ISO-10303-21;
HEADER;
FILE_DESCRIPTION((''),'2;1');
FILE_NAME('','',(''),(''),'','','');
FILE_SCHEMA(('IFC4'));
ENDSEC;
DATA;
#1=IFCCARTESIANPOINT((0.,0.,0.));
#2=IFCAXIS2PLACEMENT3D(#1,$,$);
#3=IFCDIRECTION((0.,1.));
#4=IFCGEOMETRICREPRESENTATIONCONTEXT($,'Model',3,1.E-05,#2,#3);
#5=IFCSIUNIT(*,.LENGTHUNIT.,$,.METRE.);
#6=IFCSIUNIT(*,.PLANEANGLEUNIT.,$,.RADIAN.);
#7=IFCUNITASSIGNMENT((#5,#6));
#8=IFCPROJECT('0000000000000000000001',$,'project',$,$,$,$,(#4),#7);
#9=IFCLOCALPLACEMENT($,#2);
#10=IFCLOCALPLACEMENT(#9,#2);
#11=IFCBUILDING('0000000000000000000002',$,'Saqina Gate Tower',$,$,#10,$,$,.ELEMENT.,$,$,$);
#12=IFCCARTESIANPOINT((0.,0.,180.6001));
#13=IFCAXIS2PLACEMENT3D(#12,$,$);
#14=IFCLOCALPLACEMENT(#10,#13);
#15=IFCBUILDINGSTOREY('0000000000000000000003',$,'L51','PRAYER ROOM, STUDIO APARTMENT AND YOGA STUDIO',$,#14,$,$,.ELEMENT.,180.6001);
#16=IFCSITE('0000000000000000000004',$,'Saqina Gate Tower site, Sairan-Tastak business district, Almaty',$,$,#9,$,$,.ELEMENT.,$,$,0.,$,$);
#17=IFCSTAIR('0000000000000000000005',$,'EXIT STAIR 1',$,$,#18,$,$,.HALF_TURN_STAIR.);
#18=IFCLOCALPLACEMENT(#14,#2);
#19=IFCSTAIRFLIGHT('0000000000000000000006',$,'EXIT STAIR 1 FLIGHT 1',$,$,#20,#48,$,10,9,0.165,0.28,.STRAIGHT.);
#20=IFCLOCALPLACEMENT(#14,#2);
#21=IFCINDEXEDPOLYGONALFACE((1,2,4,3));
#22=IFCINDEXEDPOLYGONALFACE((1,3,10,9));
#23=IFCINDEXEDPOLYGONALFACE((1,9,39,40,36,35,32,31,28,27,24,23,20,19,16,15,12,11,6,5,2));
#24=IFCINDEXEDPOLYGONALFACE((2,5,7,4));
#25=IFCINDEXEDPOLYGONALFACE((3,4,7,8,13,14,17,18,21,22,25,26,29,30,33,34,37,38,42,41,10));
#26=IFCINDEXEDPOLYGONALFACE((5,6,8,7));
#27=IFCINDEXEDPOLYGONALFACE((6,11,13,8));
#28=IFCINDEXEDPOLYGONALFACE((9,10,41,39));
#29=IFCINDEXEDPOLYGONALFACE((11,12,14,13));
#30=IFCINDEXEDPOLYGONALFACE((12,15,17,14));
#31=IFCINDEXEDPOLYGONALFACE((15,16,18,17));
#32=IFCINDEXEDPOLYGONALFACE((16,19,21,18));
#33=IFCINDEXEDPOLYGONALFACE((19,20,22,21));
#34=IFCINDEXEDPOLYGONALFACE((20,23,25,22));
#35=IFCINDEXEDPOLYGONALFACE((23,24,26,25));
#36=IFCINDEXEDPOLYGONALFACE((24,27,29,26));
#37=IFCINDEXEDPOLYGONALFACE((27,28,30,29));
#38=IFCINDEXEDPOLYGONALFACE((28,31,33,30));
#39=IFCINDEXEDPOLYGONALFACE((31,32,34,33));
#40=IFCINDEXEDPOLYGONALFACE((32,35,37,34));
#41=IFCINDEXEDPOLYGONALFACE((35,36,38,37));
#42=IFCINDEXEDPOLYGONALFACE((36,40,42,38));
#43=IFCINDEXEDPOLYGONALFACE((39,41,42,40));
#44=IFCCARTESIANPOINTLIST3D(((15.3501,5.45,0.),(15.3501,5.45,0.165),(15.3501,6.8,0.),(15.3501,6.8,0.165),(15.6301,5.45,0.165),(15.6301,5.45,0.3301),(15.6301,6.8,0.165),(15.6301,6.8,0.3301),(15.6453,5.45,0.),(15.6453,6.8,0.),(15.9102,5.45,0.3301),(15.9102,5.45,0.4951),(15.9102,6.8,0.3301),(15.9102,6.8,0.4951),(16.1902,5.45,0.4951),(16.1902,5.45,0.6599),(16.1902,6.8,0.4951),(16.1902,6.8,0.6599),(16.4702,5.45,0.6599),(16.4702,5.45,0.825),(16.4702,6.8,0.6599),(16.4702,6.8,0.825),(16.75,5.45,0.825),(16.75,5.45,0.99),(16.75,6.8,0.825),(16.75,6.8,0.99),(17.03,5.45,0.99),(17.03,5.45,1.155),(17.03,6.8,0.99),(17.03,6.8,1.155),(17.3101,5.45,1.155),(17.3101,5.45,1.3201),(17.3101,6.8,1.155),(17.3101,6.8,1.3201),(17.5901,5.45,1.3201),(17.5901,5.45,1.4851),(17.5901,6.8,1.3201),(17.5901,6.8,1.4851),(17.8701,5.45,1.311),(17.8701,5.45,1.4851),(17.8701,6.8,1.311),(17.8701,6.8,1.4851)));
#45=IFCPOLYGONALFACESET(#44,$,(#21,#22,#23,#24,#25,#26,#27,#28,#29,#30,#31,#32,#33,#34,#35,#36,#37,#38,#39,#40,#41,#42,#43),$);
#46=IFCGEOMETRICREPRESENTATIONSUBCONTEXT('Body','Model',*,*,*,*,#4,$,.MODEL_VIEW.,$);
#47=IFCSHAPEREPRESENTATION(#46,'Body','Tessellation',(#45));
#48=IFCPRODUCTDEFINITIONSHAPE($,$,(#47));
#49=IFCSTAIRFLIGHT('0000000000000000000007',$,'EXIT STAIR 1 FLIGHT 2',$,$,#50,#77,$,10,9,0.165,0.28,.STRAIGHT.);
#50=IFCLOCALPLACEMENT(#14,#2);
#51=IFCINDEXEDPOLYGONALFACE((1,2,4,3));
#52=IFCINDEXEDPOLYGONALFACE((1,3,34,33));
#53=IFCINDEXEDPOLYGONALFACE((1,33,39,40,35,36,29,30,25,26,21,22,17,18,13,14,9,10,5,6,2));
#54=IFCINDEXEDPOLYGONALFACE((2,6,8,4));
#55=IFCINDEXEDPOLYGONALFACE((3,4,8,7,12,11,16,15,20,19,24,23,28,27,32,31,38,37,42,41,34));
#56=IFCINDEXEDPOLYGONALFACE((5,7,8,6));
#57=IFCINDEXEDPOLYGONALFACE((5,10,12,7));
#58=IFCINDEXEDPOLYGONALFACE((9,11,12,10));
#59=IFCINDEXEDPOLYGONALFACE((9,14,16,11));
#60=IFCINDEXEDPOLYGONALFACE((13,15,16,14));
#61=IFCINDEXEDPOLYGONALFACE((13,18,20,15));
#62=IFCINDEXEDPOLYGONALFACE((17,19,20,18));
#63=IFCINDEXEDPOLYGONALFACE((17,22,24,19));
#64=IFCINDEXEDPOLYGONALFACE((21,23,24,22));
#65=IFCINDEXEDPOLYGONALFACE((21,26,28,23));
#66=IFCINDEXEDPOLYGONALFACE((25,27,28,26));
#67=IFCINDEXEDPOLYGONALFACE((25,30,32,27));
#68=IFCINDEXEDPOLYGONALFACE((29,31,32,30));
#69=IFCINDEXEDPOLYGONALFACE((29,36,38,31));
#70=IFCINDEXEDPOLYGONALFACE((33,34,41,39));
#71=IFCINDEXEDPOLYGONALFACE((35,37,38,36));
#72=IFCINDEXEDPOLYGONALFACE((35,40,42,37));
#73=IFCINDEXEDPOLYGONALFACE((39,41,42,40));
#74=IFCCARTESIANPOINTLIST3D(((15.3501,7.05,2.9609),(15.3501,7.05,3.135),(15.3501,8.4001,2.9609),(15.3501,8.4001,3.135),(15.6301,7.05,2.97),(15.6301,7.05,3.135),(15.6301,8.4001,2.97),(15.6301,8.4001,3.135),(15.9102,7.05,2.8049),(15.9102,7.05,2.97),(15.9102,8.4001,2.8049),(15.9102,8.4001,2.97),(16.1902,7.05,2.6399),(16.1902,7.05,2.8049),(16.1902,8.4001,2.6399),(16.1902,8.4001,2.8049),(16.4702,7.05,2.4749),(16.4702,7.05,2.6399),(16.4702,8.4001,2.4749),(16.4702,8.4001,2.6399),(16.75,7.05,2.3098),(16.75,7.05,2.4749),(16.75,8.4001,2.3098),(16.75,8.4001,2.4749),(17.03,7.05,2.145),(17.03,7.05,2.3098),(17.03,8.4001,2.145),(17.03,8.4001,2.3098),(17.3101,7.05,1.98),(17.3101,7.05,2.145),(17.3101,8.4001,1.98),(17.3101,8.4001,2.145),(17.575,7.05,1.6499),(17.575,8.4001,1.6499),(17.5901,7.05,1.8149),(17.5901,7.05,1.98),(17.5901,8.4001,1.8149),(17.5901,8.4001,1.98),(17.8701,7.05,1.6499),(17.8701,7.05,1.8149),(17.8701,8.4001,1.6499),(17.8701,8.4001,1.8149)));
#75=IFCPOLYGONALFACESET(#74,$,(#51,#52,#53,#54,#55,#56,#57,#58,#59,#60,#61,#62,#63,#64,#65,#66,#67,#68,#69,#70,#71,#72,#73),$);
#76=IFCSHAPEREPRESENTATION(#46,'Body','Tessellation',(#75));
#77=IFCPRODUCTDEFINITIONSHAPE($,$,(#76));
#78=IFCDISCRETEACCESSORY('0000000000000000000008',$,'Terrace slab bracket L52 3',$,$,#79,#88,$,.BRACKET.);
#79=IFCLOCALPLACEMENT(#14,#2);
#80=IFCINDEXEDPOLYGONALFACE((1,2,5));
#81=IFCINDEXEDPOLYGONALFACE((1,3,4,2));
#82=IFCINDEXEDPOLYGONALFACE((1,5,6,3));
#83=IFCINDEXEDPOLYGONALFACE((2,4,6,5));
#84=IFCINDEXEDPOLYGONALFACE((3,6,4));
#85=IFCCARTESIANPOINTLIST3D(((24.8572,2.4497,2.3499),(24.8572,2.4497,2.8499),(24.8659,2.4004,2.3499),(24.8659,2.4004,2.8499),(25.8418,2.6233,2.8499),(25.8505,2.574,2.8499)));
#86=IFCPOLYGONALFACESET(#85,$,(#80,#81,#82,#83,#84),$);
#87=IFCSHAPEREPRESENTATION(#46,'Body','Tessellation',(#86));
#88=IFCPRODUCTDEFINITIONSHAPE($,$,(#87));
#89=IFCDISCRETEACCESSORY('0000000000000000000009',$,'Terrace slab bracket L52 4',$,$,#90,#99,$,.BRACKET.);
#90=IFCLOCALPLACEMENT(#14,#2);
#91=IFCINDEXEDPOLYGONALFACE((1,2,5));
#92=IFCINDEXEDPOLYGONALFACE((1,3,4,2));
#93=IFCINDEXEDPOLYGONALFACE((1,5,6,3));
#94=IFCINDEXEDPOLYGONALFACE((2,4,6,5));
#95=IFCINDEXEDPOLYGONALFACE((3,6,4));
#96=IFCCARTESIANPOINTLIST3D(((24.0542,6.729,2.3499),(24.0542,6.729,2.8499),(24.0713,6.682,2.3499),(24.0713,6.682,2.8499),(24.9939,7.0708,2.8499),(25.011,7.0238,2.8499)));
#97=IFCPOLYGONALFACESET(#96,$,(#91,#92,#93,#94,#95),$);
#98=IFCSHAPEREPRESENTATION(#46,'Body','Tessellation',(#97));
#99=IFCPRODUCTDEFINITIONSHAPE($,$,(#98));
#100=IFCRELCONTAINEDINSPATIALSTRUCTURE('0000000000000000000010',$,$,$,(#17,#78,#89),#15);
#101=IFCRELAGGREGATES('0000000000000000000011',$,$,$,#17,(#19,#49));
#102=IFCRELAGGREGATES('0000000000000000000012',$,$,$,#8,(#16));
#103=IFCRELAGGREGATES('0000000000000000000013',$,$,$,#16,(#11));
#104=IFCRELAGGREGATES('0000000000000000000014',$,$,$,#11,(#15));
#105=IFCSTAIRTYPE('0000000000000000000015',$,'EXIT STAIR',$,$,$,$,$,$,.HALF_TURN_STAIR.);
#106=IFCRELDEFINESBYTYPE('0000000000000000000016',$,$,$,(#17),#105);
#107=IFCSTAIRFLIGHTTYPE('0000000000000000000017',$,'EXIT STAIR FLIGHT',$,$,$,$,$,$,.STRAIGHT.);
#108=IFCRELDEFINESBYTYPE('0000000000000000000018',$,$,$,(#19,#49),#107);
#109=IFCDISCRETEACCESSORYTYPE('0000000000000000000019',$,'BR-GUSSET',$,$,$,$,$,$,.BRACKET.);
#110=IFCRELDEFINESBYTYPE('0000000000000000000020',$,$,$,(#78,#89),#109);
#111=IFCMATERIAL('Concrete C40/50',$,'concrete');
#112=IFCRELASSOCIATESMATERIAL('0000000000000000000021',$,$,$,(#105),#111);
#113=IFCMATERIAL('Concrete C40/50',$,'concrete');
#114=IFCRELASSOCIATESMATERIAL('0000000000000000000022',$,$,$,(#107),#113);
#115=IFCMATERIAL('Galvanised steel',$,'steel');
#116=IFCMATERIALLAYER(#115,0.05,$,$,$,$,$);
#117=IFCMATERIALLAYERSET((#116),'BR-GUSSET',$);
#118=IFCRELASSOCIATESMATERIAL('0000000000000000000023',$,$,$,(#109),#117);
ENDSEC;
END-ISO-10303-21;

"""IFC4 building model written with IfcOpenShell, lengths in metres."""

from ifc_helpers import new_model, si_unit, direction, frame, origin, place, context, subcontext, project, spatial, polyline, outline, extrude, material, layer, layer_set, type_object, element, aggregate, save


model = new_model("IFC4")

# Units and contexts
model_context = context("Model", 3, precision=1e-05, world=origin(), true_north=direction((0.0, 1.0)))
body_context = subcontext(model_context, "Body", "Model", "MODEL_VIEW")
ifc_project = project(units=[si_unit("LENGTHUNIT", "METRE"), si_unit("PLANEANGLEUNIT", "RADIAN")], contexts=[model_context])

# Site, building, storey
site_placement = place(None, origin())
site = spatial("IfcSite", under=ifc_project, at=site_placement, Name="Saqina Gate Tower site, Sairan-Tastak business district, Almaty", CompositionType="ELEMENT", RefElevation=0.0)
building_placement = place(site_placement, origin())
building = spatial("IfcBuilding", under=site, at=building_placement, Name="Saqina Gate Tower", CompositionType="ELEMENT")
storey_placement = place(building_placement, frame((0.0, 0.0, 180.6001)))
storey = spatial("IfcBuildingStorey", under=building, at=storey_placement, Name="L51", Description="PRAYER ROOM, STUDIO APARTMENT AND YOGA STUDIO", CompositionType="ELEMENT", Elevation=180.6001)

# Stair, stair flights
ifc_material_1 = material(Name="Concrete C40/50", Category="concrete")
stair_type = type_object("IfcStairType", Name="EXIT STAIR", PredefinedType="HALF_TURN_STAIR", material=ifc_material_1)
stair_placement = place(storey_placement, origin())
stair = element("IfcStair", 1, at=stair_placement, inside=storey, type_object=stair_type, Name="EXIT STAIR 1", PredefinedType="HALF_TURN_STAIR")
ifc_material_2 = material(Name="Concrete C40/50", Category="concrete")
stair_flight_type = type_object("IfcStairFlightType", Name="EXIT STAIR FLIGHT", PredefinedType="STRAIGHT", material=ifc_material_2)
stair_flight_1_placement = place(storey_placement, frame((15.3501, 6.125, 0.0), z_axis=(0.0, 0.0, 1.0), x_axis=(1.0, 0.0, 0.0)))
stair_flight_1 = element("IfcStairFlight", 2, at=stair_flight_1_placement, type_object=stair_flight_type, Name="EXIT STAIR 1 FLIGHT 1", NumberOfRisers=10, NumberOfTreads=9, PredefinedType="STRAIGHT", RiserHeight=0.165, TreadLength=0.28, context=body_context, shape_type="SweptSolid", body=[
    extrude(outline(polyline([(0.0, 0.0), (0.0, 0.165), (0.28, 0.165), (0.28, 0.3301), (0.5601, 0.3301), (0.5601, 0.4951), (0.8401, 0.4951), (0.8401, 0.6599), (1.1201, 0.6599), (1.1201, 0.825), (1.3999, 0.825), (1.3999, 0.99), (1.6799, 0.99), (1.6799, 1.155), (1.96, 1.155), (1.96, 1.3201), (2.24, 1.3201), (2.24, 1.4851), (2.52, 1.4851), (2.52, 1.6499), (2.52, 1.311), (0.2952, 0.0), (0.0, 0.0)])), frame((0.0, 0.675, 0.0), z_axis=(0.0, -1.0, 0.0), x_axis=(1.0, 0.0, 0.0)), (0.0, 0.0, 1.0), 1.3501),
])
stair_flight_2_placement = place(storey_placement, frame((17.8701, 7.7251, 1.6499), z_axis=(0.0, 0.0, 1.0), x_axis=(-1.0, 0.0, 0.0)))
stair_flight_2 = element("IfcStairFlight", 3, at=stair_flight_2_placement, type_object=stair_flight_type, Name="EXIT STAIR 1 FLIGHT 2", NumberOfRisers=10, NumberOfTreads=9, PredefinedType="STRAIGHT", RiserHeight=0.165, TreadLength=0.28, context=body_context, shape_type="SweptSolid", body=[
    extrude(outline(polyline([(0.0, 0.0), (0.0, 0.165), (0.28, 0.165), (0.28, 0.3301), (0.5601, 0.3301), (0.5601, 0.4951), (0.8401, 0.4951), (0.8401, 0.6599), (1.1201, 0.6599), (1.1201, 0.825), (1.3999, 0.825), (1.3999, 0.99), (1.6799, 0.99), (1.6799, 1.155), (1.96, 1.155), (1.96, 1.3201), (2.24, 1.3201), (2.24, 1.4851), (2.52, 1.4851), (2.52, 1.6499), (2.52, 1.311), (0.2952, 0.0), (0.0, 0.0)])), frame((0.0, 0.675, 0.0), z_axis=(0.0, -1.0, 0.0), x_axis=(1.0, 0.0, 0.0)), (0.0, 0.0, 1.0), 1.3501),
])
aggregate(stair, [stair_flight_1, stair_flight_2])

# Discrete accessories
ifc_material_3 = material(Name="Galvanised steel", Category="steel")
ifc_layer_1 = layer(ifc_material_3, 0.05)
ifc_layer_set_1 = layer_set([ifc_layer_1], Name="BR-GUSSET")
discrete_accessory_type = type_object("IfcDiscreteAccessoryType", Name="BR-GUSSET", PredefinedType="BRACKET", material=ifc_layer_set_1)
discrete_accessory_1_placement = place(storey_placement, frame((24.8572, 2.4497, 2.3499), z_axis=(-0.173618, 0.984813, 0.0), x_axis=(0.0, 0.0, 1.0)))
element("IfcDiscreteAccessory", 4, at=discrete_accessory_1_placement, inside=storey, type_object=discrete_accessory_type, Name="Terrace slab bracket L52 3", PredefinedType="BRACKET", context=body_context, shape_type="SweptSolid", body=[
    extrude(outline(polyline([(0.0, 0.0), (0.5, 0.0), (0.5, 0.9998), (0.0, 0.0)])), origin(), (0.0, 0.0, -1.0), 0.05),
])
discrete_accessory_2_placement = place(storey_placement, frame((24.0542, 6.729, 2.3499), z_axis=(-0.341821, 0.939765, 0.0), x_axis=(0.0, 0.0, 1.0)))
element("IfcDiscreteAccessory", 5, at=discrete_accessory_2_placement, inside=storey, type_object=discrete_accessory_type, Name="Terrace slab bracket L52 4", PredefinedType="BRACKET", context=body_context, shape_type="SweptSolid", body=[
    extrude(outline(polyline([(0.0, 0.0), (0.5, 0.0), (0.5, 0.9999), (0.0, 0.0)])), origin(), (0.0, 0.0, -1.0), 0.05),
])

save(model, "model.ifc")
